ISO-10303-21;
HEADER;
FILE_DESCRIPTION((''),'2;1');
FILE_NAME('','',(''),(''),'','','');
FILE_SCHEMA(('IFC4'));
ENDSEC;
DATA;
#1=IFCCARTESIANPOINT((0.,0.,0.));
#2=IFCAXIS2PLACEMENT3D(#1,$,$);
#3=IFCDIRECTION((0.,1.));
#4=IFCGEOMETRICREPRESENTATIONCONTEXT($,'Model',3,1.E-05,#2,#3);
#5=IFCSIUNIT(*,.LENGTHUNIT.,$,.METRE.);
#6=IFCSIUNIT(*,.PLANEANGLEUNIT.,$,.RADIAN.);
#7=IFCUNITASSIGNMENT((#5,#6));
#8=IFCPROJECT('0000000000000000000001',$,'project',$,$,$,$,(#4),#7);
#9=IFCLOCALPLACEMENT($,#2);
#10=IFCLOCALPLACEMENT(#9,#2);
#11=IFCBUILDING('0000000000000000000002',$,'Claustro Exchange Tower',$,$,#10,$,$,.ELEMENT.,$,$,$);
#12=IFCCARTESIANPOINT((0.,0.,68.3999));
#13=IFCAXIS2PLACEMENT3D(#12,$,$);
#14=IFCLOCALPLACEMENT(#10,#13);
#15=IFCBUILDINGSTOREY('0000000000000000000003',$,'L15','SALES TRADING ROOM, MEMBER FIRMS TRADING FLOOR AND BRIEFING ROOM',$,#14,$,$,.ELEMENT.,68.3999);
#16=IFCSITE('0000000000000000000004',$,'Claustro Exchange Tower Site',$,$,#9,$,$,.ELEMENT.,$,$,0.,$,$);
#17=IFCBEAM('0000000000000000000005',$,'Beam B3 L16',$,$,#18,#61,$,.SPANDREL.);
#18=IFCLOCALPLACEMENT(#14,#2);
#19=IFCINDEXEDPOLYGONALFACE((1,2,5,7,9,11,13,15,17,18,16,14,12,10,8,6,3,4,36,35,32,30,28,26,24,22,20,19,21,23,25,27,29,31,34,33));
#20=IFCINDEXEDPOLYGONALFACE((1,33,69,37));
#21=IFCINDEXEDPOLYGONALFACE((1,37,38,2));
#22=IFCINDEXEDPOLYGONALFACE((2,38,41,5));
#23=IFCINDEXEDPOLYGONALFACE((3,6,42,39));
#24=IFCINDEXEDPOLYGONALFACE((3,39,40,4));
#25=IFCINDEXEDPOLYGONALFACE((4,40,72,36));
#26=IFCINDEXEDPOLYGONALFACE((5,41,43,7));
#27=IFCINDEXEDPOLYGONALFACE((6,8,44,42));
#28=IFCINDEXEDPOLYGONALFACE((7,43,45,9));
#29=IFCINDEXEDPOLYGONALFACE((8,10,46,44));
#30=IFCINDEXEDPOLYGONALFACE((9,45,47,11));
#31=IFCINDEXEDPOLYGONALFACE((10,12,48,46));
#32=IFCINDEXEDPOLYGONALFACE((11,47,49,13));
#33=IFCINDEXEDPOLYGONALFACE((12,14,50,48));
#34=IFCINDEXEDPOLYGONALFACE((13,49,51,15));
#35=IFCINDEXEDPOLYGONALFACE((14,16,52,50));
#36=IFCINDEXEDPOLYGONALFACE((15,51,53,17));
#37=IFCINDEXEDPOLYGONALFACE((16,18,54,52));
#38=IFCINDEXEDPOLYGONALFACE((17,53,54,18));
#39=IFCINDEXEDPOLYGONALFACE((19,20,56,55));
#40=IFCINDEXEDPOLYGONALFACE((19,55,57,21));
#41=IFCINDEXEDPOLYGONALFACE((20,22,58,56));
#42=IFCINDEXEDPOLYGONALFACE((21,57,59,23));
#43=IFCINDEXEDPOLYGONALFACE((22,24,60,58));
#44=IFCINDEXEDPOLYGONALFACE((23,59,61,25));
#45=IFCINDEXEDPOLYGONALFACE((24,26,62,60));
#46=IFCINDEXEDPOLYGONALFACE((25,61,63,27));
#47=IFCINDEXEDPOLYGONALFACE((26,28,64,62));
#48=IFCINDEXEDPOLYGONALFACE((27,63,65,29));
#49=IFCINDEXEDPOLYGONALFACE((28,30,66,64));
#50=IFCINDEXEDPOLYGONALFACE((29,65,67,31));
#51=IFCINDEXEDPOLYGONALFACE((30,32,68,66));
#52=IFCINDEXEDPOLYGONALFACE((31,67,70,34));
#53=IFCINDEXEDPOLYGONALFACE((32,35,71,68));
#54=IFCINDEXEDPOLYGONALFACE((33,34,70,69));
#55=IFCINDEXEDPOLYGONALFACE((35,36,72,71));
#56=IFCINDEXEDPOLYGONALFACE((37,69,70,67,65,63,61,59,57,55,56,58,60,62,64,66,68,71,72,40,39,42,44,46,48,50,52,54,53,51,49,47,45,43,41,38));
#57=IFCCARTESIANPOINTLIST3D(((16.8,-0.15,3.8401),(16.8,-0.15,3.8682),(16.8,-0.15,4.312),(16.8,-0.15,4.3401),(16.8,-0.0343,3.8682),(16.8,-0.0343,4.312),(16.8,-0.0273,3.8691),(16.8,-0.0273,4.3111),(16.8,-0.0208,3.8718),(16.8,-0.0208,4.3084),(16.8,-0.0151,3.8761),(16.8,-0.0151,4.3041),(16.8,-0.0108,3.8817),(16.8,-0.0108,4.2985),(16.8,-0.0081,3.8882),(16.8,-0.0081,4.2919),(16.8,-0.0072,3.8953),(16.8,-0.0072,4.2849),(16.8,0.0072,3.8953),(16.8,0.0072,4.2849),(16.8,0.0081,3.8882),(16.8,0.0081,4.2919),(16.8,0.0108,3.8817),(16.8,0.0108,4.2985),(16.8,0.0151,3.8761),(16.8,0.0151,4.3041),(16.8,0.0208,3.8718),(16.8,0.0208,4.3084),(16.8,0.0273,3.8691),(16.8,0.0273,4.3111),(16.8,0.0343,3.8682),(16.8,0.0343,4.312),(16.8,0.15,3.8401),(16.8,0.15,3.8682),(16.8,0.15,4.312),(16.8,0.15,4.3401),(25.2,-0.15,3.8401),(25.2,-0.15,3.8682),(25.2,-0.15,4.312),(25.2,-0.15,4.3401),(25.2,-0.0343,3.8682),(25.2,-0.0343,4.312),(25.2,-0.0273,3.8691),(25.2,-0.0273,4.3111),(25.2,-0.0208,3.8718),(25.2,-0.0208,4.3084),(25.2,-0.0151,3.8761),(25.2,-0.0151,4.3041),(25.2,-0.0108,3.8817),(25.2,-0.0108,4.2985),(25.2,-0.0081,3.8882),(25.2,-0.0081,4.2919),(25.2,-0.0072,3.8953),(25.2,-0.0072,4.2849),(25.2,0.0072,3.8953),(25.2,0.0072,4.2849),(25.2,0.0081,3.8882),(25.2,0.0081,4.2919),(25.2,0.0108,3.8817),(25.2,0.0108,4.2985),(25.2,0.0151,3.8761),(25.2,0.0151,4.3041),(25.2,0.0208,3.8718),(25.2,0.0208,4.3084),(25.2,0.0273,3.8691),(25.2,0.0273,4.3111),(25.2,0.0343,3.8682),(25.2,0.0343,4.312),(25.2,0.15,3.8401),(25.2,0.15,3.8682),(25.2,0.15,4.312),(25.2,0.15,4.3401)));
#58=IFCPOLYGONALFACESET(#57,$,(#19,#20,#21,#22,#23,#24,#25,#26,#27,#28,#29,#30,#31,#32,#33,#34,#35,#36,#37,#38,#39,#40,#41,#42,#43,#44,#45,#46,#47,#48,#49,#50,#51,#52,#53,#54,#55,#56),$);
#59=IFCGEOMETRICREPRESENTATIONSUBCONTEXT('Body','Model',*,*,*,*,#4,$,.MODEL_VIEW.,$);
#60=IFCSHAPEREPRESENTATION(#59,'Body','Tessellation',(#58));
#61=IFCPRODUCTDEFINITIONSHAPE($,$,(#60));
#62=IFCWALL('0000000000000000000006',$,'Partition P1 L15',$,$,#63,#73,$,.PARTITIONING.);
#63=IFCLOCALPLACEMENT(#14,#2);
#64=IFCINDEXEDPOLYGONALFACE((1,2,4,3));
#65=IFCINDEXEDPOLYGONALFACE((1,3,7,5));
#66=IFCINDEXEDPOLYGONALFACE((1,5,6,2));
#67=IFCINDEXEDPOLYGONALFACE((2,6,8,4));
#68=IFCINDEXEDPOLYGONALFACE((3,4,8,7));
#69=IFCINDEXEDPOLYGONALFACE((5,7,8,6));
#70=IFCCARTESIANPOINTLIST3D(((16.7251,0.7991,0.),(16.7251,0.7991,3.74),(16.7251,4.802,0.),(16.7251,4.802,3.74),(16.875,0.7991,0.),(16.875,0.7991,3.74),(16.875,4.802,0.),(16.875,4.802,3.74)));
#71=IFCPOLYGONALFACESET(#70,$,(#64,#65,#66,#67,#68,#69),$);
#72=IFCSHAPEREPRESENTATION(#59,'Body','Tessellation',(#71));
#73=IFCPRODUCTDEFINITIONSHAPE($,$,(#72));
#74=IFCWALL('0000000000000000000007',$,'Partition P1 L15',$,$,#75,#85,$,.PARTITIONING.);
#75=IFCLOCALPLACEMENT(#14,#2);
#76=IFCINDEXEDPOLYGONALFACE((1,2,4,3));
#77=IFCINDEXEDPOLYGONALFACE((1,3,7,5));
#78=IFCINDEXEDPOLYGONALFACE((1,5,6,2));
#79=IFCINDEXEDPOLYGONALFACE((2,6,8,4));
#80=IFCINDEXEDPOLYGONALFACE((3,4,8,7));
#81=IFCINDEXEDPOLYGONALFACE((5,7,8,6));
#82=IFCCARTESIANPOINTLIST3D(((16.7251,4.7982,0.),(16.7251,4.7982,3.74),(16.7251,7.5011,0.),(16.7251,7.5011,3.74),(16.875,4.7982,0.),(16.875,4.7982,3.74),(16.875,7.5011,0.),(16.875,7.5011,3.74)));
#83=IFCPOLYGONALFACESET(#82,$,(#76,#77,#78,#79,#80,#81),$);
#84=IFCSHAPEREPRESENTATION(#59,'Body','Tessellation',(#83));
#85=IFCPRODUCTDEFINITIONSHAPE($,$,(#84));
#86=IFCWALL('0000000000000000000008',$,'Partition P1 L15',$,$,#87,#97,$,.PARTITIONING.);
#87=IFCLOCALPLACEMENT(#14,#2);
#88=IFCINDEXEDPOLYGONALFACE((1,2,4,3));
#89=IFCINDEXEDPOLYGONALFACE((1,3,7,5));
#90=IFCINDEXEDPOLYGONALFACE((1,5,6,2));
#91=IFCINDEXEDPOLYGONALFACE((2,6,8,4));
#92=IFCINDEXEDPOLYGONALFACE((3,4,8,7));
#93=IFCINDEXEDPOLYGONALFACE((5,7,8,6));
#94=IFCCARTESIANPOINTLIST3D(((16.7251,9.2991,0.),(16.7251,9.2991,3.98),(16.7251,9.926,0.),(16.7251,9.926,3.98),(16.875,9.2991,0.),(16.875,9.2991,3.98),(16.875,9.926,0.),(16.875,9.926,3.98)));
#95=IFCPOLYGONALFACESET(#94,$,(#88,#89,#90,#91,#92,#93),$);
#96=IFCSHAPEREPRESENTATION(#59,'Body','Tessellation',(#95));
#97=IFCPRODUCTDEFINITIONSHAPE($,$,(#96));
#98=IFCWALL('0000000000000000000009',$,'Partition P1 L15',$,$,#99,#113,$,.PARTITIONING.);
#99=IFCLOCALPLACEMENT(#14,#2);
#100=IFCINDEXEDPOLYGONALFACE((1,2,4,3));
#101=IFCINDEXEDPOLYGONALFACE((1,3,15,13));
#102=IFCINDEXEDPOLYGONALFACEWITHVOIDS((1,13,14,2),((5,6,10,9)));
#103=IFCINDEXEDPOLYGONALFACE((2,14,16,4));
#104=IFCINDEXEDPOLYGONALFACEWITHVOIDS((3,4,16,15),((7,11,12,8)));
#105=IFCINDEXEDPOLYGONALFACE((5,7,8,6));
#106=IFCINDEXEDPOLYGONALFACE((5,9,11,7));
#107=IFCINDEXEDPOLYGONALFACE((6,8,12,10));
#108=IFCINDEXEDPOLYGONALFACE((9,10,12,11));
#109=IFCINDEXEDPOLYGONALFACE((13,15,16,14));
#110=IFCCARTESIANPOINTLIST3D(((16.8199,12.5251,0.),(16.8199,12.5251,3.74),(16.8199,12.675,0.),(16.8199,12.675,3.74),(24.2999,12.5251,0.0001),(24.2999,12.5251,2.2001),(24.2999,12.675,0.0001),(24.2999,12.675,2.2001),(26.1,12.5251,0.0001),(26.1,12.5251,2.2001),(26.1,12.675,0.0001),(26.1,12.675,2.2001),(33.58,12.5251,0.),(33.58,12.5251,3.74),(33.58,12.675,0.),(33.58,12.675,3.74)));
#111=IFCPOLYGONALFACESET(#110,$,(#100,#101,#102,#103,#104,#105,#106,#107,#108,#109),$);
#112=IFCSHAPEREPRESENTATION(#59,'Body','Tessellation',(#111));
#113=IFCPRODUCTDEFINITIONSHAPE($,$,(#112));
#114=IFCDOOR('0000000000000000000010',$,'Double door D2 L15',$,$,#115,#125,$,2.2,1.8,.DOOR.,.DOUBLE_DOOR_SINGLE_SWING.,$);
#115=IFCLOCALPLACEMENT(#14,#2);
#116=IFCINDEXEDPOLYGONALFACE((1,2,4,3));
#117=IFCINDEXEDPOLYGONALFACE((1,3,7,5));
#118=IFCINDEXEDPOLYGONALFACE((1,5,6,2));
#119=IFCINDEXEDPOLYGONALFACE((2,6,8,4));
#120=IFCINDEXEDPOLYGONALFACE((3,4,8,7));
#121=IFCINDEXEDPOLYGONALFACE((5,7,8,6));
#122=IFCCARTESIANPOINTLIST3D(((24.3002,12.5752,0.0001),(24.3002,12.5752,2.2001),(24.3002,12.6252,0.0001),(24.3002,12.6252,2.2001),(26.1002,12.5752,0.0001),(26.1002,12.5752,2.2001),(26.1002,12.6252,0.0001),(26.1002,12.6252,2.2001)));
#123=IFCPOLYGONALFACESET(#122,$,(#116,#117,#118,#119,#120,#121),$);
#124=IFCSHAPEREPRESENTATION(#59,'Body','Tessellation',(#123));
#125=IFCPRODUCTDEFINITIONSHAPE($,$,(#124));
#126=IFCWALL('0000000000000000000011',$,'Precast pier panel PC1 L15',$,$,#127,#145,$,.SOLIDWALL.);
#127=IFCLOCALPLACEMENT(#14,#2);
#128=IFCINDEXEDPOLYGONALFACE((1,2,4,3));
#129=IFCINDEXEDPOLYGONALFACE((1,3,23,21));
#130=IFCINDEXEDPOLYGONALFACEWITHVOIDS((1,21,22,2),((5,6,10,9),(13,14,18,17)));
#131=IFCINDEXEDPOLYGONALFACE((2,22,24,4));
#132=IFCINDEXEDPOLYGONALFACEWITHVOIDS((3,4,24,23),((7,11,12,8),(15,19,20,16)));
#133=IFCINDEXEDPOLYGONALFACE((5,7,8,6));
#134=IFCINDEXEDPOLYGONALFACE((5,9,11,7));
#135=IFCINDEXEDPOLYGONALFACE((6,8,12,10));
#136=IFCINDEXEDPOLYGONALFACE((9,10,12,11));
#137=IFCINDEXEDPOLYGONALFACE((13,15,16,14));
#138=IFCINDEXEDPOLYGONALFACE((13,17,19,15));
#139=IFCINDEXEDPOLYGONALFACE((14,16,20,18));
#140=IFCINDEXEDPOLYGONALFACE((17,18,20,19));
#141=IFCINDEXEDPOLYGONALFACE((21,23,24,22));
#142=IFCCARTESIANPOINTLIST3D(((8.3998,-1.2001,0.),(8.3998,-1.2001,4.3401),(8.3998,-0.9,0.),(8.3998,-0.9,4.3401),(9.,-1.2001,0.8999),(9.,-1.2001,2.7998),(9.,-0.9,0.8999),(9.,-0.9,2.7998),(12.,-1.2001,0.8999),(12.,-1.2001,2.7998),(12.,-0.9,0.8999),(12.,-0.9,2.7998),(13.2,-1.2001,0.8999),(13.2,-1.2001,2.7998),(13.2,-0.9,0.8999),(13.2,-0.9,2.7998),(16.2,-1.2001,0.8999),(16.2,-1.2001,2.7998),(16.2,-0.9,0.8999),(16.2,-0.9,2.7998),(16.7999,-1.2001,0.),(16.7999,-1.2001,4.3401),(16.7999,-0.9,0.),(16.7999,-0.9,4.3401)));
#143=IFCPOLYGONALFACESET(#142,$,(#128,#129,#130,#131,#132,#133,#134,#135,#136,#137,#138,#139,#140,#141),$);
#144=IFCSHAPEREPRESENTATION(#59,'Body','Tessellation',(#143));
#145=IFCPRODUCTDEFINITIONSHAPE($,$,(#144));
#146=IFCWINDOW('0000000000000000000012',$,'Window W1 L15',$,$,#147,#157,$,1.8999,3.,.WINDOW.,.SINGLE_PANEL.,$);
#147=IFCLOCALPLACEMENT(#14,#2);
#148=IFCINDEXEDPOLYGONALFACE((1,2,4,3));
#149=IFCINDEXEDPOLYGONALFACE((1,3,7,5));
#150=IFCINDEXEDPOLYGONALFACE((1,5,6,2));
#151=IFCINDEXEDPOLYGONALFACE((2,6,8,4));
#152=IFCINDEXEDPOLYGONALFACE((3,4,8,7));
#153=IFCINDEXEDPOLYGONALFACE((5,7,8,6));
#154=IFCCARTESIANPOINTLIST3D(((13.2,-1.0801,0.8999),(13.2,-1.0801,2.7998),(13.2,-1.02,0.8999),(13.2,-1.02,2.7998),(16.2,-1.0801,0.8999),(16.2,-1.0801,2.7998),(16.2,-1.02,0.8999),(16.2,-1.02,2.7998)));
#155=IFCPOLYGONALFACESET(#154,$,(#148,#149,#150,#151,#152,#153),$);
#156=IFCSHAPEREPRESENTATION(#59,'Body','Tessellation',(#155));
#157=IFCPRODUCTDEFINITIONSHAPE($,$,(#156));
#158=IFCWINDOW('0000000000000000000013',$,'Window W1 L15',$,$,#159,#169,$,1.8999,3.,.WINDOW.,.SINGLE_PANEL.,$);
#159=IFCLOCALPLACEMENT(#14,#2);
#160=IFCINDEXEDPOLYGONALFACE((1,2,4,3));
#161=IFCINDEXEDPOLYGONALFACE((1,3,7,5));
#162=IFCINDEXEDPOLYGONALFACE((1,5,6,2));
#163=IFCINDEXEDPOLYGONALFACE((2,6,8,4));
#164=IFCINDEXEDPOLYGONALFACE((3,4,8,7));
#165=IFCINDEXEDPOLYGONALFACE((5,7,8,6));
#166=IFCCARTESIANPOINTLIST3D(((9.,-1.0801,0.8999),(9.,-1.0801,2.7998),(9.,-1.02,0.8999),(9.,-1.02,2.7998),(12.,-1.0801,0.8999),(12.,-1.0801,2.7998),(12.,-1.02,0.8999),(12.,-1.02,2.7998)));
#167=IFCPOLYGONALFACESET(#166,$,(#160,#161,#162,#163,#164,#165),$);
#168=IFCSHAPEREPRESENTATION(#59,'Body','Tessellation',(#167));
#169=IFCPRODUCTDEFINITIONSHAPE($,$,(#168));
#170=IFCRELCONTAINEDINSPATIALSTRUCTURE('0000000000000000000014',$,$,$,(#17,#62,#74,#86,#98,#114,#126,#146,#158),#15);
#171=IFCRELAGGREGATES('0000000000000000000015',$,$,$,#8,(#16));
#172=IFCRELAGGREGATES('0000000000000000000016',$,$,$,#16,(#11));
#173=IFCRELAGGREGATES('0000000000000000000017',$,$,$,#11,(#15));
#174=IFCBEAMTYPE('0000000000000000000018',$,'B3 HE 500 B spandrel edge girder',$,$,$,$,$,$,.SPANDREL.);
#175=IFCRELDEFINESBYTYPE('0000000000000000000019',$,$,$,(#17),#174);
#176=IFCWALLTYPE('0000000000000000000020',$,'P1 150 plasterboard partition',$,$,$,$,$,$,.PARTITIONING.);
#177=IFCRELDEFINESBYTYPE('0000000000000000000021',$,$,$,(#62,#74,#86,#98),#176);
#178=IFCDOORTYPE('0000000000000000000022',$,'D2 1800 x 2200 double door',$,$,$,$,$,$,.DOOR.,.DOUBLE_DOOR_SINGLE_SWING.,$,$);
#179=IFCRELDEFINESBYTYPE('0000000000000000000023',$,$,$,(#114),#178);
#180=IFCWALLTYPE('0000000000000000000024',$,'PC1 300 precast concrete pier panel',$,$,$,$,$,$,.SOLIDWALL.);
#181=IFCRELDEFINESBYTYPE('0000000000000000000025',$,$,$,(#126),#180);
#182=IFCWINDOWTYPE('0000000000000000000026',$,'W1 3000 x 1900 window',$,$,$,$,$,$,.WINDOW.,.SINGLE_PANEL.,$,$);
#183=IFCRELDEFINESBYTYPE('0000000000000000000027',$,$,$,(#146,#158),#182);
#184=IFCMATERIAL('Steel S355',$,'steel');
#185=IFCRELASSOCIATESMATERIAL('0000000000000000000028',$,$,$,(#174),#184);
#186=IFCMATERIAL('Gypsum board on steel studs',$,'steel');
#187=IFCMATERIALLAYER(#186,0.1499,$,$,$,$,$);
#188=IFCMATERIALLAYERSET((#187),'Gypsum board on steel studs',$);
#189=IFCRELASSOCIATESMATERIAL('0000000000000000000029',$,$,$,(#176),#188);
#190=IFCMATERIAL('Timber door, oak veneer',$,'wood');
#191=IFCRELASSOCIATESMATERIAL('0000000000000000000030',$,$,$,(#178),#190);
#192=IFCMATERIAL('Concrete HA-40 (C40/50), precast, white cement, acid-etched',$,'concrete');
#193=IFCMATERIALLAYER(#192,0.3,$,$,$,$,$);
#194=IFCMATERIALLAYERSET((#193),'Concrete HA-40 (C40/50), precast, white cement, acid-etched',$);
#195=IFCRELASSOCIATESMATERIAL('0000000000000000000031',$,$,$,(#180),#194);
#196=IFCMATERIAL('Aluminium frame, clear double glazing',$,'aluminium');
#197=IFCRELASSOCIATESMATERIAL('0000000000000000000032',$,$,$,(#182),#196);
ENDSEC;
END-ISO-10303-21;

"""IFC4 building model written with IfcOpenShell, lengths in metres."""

from ifc_helpers import new_model, si_unit, direction, frame, frame_2d, origin, origin_2d, place, context, subcontext, project, spatial, rectangle, i_section, extrude, material, layer, layer_set, material_profile, profile_set, type_object, element, fill, save


model = new_model("IFC4")

# Units and contexts
model_context = context("Model", 3, precision=1e-05, world=origin(), true_north=direction((0.0, 1.0)))
body_context = subcontext(model_context, "Body", "Model", "MODEL_VIEW")
ifc_project = project(units=[si_unit("LENGTHUNIT", "METRE"), si_unit("PLANEANGLEUNIT", "RADIAN")], contexts=[model_context])

# Site, building, storey
site_placement = place(None, origin())
site = spatial("IfcSite", under=ifc_project, at=site_placement, Name="Claustro Exchange Tower Site", CompositionType="ELEMENT", RefElevation=0.0)
building_placement = place(site_placement, origin())
building = spatial("IfcBuilding", under=site, at=building_placement, Name="Claustro Exchange Tower", CompositionType="ELEMENT")
storey_placement = place(building_placement, frame((0.0, 0.0, 68.3999)))
storey = spatial("IfcBuildingStorey", under=building, at=storey_placement, Name="L15", Description="SALES TRADING ROOM, MEMBER FIRMS TRADING FLOOR AND BRIEFING ROOM", CompositionType="ELEMENT", Elevation=68.3999)

# Beam
ifc_material_1 = material(Name="Steel S355", Category="steel")
ifc_material_profile_1 = material_profile(ifc_material_1, i_section(OverallWidth=0.3, OverallDepth=0.5, WebThickness=0.0144, FlangeThickness=0.0281, FilletRadius=0.0271, at=origin_2d()), Name="HE 500 B")
ifc_profile_set_1 = profile_set([ifc_material_profile_1], Name="Steel S355")
beam_type_1 = type_object("IfcBeamType", Name="B3 HE 500 B spandrel edge girder", PredefinedType="SPANDREL", material=ifc_profile_set_1)
beam_1_placement = place(storey_placement, frame((16.8, 0.0, 4.0901), z_axis=(1.0, 0.0, 0.0), x_axis=(0.0, 1.0, 0.0)))
element("IfcBeam", 1, at=beam_1_placement, inside=storey, type_object=beam_type_1, Name="Beam B3 L16", PredefinedType="SPANDREL", context=body_context, shape_type="SweptSolid", body=[
    extrude(i_section(OverallWidth=0.3, OverallDepth=0.5, WebThickness=0.0144, FlangeThickness=0.0281, FilletRadius=0.0271, at=origin_2d()), origin(), (0.0, 0.0, 1.0), 8.3999),
])

# Walls
ifc_material_2 = material(Name="Gypsum board on steel studs", Category="steel")
ifc_layer_1 = layer(ifc_material_2, 0.1499)
ifc_layer_set_1 = layer_set([ifc_layer_1], Name="Gypsum board on steel studs")
wall_type_1 = type_object("IfcWallType", Name="P1 150 plasterboard partition", PredefinedType="PARTITIONING", material=ifc_layer_set_1)
wall_1_placement = place(storey_placement, frame((16.8, 0.7991, 0.0), z_axis=(0.0, 0.0, 1.0), x_axis=(0.0, 1.0, 0.0)))
element("IfcWall", 2, at=wall_1_placement, inside=storey, type_object=wall_type_1, Name="Partition P1 L15", PredefinedType="PARTITIONING", context=body_context, shape_type="SweptSolid", body=[
    extrude(rectangle(XDim=4.0029, YDim=0.1499, at=frame_2d((2.0015, 0.0))), origin(), (0.0, 0.0, 1.0), 3.74),
])
wall_2_placement = place(storey_placement, frame((16.8, 4.7981, 0.0), z_axis=(0.0, 0.0, 1.0), x_axis=(0.0, 1.0, 0.0)))
element("IfcWall", 3, at=wall_2_placement, inside=storey, type_object=wall_type_1, Name="Partition P1 L15", PredefinedType="PARTITIONING", context=body_context, shape_type="SweptSolid", body=[
    extrude(rectangle(XDim=2.7029, YDim=0.1499, at=frame_2d((1.3516, 0.0))), origin(), (0.0, 0.0, 1.0), 3.74),
])
wall_3_placement = place(storey_placement, frame((16.8, 9.2991, 0.0), z_axis=(0.0, 0.0, 1.0), x_axis=(0.0, 1.0, 0.0)))
element("IfcWall", 4, at=wall_3_placement, inside=storey, type_object=wall_type_1, Name="Partition P1 L15", PredefinedType="PARTITIONING", context=body_context, shape_type="SweptSolid", body=[
    extrude(rectangle(XDim=0.627, YDim=0.1499, at=frame_2d((0.3135, 0.0))), origin(), (0.0, 0.0, 1.0), 3.98),
])

# Wall, opening, door
wall_4_placement = place(storey_placement, frame((16.8201, 12.6001, 0.0), z_axis=(0.0, 0.0, 1.0), x_axis=(1.0, 0.0, 0.0)))
wall_4 = element("IfcWall", 5, at=wall_4_placement, inside=storey, type_object=wall_type_1, Name="Partition P1 L15", PredefinedType="PARTITIONING", context=body_context, shape_type="SweptSolid", body=[
    extrude(rectangle(XDim=16.76, YDim=0.1499, at=frame_2d((8.3799, 0.0))), origin(), (0.0, 0.0, 1.0), 3.74),
])
opening_1_placement = place(wall_4_placement, frame((7.48, 0.0, 0.0)))
opening_1 = element("IfcOpeningElement", 6, at=opening_1_placement, cuts=wall_4, PredefinedType="OPENING", context=body_context, shape_type="SweptSolid", body=[
    extrude(rectangle(XDim=1.8, YDim=2.2, at=frame_2d((0.8999, 1.1001))), frame((0.0, 0.085, 0.0), z_axis=(0.0, -1.0, 0.0), x_axis=(1.0, 0.0, 0.0)), (0.0, 0.0, 1.0), 0.1699),
])
ifc_material_3 = material(Name="Timber door, oak veneer", Category="wood")
door_type_1 = type_object("IfcDoorType", Name="D2 1800 x 2200 double door", OperationType="DOUBLE_DOOR_SINGLE_SWING", PredefinedType="DOOR", material=ifc_material_3)
door_1_placement = place(opening_1_placement, frame((1.8, 0.0, 0.0), z_axis=(0.0, 0.0, 1.0), x_axis=(-1.0, 0.0, 0.0)))
door_1 = element("IfcDoor", 7, at=door_1_placement, inside=storey, type_object=door_type_1, Name="Double door D2 L15", OperationType="DOUBLE_DOOR_SINGLE_SWING", OverallHeight=2.2, OverallWidth=1.8, PredefinedType="DOOR", context=body_context, shape_type="SweptSolid", body=[
    extrude(rectangle(XDim=1.8, YDim=2.2, at=frame_2d((0.8999, 1.1001))), frame((0.0, 0.0249, 0.0), z_axis=(0.0, -1.0, 0.0), x_axis=(1.0, 0.0, 0.0)), (0.0, 0.0, 1.0), 0.05),
])
fill(opening_1, door_1)

# Wall, openings, windows
ifc_material_4 = material(Name="Concrete HA-40 (C40/50), precast, white cement, acid-etched", Category="concrete")
ifc_layer_2 = layer(ifc_material_4, 0.3)
ifc_layer_set_2 = layer_set([ifc_layer_2], Name="Concrete HA-40 (C40/50), precast, white cement, acid-etched")
wall_type_2 = type_object("IfcWallType", Name="PC1 300 precast concrete pier panel", PredefinedType="SOLIDWALL", material=ifc_layer_set_2)
wall_5_placement = place(storey_placement, frame((16.8, -1.05, 0.0), z_axis=(0.0, 0.0, 1.0), x_axis=(-1.0, 0.0, 0.0)))
wall_5 = element("IfcWall", 8, at=wall_5_placement, inside=storey, type_object=wall_type_2, Name="Precast pier panel PC1 L15", PredefinedType="SOLIDWALL", context=body_context, shape_type="SweptSolid", body=[
    extrude(rectangle(XDim=8.4001, YDim=0.3, at=frame_2d((4.2002, 0.0))), origin(), (0.0, 0.0, 1.0), 4.3401),
])
opening_2_placement = place(wall_5_placement, frame((0.6001, 0.0, 0.8999)))
opening_2 = element("IfcOpeningElement", 9, at=opening_2_placement, cuts=wall_5, PredefinedType="OPENING", context=body_context, shape_type="SweptSolid", body=[
    extrude(rectangle(XDim=3.0, YDim=1.8999, at=frame_2d((1.5, 0.95))), frame((0.0, 0.1599, 0.0), z_axis=(0.0, -1.0, 0.0), x_axis=(1.0, 0.0, 0.0)), (0.0, 0.0, 1.0), 0.3201),
])
opening_3_placement = place(wall_5_placement, frame((4.8, 0.0, 0.8999)))
opening_3 = element("IfcOpeningElement", 10, at=opening_3_placement, cuts=wall_5, PredefinedType="OPENING", context=body_context, shape_type="SweptSolid", body=[
    extrude(rectangle(XDim=3.0, YDim=1.8999, at=frame_2d((1.5, 0.95))), frame((0.0, 0.1599, 0.0), z_axis=(0.0, -1.0, 0.0), x_axis=(1.0, 0.0, 0.0)), (0.0, 0.0, 1.0), 0.3201),
])
ifc_material_5 = material(Name="Aluminium frame, clear double glazing", Category="aluminium")
window_type = type_object("IfcWindowType", Name="W1 3000 x 1900 window", PartitioningType="SINGLE_PANEL", PredefinedType="WINDOW", material=ifc_material_5)
window_1_placement = place(opening_2_placement, origin())
window_1 = element("IfcWindow", 11, at=window_1_placement, inside=storey, type_object=window_type, Name="Window W1 L15", OverallHeight=1.8999, OverallWidth=3.0, PartitioningType="SINGLE_PANEL", PredefinedType="WINDOW", context=body_context, shape_type="SweptSolid", body=[
    extrude(rectangle(XDim=3.0, YDim=1.8999, at=frame_2d((1.5, 0.95))), frame((0.0, 0.03, 0.0), z_axis=(0.0, -1.0, 0.0), x_axis=(1.0, 0.0, 0.0)), (0.0, 0.0, 1.0), 0.0601),
])
fill(opening_2, window_1)
window_2_placement = place(opening_3_placement, origin())
window_2 = element("IfcWindow", 12, at=window_2_placement, inside=storey, type_object=window_type, Name="Window W1 L15", OverallHeight=1.8999, OverallWidth=3.0, PartitioningType="SINGLE_PANEL", PredefinedType="WINDOW", context=body_context, shape_type="SweptSolid", body=[
    extrude(rectangle(XDim=3.0, YDim=1.8999, at=frame_2d((1.5, 0.95))), frame((0.0, 0.03, 0.0), z_axis=(0.0, -1.0, 0.0), x_axis=(1.0, 0.0, 0.0)), (0.0, 0.0, 1.0), 0.0601),
])
fill(opening_3, window_2)

save(model, "model.ifc")
